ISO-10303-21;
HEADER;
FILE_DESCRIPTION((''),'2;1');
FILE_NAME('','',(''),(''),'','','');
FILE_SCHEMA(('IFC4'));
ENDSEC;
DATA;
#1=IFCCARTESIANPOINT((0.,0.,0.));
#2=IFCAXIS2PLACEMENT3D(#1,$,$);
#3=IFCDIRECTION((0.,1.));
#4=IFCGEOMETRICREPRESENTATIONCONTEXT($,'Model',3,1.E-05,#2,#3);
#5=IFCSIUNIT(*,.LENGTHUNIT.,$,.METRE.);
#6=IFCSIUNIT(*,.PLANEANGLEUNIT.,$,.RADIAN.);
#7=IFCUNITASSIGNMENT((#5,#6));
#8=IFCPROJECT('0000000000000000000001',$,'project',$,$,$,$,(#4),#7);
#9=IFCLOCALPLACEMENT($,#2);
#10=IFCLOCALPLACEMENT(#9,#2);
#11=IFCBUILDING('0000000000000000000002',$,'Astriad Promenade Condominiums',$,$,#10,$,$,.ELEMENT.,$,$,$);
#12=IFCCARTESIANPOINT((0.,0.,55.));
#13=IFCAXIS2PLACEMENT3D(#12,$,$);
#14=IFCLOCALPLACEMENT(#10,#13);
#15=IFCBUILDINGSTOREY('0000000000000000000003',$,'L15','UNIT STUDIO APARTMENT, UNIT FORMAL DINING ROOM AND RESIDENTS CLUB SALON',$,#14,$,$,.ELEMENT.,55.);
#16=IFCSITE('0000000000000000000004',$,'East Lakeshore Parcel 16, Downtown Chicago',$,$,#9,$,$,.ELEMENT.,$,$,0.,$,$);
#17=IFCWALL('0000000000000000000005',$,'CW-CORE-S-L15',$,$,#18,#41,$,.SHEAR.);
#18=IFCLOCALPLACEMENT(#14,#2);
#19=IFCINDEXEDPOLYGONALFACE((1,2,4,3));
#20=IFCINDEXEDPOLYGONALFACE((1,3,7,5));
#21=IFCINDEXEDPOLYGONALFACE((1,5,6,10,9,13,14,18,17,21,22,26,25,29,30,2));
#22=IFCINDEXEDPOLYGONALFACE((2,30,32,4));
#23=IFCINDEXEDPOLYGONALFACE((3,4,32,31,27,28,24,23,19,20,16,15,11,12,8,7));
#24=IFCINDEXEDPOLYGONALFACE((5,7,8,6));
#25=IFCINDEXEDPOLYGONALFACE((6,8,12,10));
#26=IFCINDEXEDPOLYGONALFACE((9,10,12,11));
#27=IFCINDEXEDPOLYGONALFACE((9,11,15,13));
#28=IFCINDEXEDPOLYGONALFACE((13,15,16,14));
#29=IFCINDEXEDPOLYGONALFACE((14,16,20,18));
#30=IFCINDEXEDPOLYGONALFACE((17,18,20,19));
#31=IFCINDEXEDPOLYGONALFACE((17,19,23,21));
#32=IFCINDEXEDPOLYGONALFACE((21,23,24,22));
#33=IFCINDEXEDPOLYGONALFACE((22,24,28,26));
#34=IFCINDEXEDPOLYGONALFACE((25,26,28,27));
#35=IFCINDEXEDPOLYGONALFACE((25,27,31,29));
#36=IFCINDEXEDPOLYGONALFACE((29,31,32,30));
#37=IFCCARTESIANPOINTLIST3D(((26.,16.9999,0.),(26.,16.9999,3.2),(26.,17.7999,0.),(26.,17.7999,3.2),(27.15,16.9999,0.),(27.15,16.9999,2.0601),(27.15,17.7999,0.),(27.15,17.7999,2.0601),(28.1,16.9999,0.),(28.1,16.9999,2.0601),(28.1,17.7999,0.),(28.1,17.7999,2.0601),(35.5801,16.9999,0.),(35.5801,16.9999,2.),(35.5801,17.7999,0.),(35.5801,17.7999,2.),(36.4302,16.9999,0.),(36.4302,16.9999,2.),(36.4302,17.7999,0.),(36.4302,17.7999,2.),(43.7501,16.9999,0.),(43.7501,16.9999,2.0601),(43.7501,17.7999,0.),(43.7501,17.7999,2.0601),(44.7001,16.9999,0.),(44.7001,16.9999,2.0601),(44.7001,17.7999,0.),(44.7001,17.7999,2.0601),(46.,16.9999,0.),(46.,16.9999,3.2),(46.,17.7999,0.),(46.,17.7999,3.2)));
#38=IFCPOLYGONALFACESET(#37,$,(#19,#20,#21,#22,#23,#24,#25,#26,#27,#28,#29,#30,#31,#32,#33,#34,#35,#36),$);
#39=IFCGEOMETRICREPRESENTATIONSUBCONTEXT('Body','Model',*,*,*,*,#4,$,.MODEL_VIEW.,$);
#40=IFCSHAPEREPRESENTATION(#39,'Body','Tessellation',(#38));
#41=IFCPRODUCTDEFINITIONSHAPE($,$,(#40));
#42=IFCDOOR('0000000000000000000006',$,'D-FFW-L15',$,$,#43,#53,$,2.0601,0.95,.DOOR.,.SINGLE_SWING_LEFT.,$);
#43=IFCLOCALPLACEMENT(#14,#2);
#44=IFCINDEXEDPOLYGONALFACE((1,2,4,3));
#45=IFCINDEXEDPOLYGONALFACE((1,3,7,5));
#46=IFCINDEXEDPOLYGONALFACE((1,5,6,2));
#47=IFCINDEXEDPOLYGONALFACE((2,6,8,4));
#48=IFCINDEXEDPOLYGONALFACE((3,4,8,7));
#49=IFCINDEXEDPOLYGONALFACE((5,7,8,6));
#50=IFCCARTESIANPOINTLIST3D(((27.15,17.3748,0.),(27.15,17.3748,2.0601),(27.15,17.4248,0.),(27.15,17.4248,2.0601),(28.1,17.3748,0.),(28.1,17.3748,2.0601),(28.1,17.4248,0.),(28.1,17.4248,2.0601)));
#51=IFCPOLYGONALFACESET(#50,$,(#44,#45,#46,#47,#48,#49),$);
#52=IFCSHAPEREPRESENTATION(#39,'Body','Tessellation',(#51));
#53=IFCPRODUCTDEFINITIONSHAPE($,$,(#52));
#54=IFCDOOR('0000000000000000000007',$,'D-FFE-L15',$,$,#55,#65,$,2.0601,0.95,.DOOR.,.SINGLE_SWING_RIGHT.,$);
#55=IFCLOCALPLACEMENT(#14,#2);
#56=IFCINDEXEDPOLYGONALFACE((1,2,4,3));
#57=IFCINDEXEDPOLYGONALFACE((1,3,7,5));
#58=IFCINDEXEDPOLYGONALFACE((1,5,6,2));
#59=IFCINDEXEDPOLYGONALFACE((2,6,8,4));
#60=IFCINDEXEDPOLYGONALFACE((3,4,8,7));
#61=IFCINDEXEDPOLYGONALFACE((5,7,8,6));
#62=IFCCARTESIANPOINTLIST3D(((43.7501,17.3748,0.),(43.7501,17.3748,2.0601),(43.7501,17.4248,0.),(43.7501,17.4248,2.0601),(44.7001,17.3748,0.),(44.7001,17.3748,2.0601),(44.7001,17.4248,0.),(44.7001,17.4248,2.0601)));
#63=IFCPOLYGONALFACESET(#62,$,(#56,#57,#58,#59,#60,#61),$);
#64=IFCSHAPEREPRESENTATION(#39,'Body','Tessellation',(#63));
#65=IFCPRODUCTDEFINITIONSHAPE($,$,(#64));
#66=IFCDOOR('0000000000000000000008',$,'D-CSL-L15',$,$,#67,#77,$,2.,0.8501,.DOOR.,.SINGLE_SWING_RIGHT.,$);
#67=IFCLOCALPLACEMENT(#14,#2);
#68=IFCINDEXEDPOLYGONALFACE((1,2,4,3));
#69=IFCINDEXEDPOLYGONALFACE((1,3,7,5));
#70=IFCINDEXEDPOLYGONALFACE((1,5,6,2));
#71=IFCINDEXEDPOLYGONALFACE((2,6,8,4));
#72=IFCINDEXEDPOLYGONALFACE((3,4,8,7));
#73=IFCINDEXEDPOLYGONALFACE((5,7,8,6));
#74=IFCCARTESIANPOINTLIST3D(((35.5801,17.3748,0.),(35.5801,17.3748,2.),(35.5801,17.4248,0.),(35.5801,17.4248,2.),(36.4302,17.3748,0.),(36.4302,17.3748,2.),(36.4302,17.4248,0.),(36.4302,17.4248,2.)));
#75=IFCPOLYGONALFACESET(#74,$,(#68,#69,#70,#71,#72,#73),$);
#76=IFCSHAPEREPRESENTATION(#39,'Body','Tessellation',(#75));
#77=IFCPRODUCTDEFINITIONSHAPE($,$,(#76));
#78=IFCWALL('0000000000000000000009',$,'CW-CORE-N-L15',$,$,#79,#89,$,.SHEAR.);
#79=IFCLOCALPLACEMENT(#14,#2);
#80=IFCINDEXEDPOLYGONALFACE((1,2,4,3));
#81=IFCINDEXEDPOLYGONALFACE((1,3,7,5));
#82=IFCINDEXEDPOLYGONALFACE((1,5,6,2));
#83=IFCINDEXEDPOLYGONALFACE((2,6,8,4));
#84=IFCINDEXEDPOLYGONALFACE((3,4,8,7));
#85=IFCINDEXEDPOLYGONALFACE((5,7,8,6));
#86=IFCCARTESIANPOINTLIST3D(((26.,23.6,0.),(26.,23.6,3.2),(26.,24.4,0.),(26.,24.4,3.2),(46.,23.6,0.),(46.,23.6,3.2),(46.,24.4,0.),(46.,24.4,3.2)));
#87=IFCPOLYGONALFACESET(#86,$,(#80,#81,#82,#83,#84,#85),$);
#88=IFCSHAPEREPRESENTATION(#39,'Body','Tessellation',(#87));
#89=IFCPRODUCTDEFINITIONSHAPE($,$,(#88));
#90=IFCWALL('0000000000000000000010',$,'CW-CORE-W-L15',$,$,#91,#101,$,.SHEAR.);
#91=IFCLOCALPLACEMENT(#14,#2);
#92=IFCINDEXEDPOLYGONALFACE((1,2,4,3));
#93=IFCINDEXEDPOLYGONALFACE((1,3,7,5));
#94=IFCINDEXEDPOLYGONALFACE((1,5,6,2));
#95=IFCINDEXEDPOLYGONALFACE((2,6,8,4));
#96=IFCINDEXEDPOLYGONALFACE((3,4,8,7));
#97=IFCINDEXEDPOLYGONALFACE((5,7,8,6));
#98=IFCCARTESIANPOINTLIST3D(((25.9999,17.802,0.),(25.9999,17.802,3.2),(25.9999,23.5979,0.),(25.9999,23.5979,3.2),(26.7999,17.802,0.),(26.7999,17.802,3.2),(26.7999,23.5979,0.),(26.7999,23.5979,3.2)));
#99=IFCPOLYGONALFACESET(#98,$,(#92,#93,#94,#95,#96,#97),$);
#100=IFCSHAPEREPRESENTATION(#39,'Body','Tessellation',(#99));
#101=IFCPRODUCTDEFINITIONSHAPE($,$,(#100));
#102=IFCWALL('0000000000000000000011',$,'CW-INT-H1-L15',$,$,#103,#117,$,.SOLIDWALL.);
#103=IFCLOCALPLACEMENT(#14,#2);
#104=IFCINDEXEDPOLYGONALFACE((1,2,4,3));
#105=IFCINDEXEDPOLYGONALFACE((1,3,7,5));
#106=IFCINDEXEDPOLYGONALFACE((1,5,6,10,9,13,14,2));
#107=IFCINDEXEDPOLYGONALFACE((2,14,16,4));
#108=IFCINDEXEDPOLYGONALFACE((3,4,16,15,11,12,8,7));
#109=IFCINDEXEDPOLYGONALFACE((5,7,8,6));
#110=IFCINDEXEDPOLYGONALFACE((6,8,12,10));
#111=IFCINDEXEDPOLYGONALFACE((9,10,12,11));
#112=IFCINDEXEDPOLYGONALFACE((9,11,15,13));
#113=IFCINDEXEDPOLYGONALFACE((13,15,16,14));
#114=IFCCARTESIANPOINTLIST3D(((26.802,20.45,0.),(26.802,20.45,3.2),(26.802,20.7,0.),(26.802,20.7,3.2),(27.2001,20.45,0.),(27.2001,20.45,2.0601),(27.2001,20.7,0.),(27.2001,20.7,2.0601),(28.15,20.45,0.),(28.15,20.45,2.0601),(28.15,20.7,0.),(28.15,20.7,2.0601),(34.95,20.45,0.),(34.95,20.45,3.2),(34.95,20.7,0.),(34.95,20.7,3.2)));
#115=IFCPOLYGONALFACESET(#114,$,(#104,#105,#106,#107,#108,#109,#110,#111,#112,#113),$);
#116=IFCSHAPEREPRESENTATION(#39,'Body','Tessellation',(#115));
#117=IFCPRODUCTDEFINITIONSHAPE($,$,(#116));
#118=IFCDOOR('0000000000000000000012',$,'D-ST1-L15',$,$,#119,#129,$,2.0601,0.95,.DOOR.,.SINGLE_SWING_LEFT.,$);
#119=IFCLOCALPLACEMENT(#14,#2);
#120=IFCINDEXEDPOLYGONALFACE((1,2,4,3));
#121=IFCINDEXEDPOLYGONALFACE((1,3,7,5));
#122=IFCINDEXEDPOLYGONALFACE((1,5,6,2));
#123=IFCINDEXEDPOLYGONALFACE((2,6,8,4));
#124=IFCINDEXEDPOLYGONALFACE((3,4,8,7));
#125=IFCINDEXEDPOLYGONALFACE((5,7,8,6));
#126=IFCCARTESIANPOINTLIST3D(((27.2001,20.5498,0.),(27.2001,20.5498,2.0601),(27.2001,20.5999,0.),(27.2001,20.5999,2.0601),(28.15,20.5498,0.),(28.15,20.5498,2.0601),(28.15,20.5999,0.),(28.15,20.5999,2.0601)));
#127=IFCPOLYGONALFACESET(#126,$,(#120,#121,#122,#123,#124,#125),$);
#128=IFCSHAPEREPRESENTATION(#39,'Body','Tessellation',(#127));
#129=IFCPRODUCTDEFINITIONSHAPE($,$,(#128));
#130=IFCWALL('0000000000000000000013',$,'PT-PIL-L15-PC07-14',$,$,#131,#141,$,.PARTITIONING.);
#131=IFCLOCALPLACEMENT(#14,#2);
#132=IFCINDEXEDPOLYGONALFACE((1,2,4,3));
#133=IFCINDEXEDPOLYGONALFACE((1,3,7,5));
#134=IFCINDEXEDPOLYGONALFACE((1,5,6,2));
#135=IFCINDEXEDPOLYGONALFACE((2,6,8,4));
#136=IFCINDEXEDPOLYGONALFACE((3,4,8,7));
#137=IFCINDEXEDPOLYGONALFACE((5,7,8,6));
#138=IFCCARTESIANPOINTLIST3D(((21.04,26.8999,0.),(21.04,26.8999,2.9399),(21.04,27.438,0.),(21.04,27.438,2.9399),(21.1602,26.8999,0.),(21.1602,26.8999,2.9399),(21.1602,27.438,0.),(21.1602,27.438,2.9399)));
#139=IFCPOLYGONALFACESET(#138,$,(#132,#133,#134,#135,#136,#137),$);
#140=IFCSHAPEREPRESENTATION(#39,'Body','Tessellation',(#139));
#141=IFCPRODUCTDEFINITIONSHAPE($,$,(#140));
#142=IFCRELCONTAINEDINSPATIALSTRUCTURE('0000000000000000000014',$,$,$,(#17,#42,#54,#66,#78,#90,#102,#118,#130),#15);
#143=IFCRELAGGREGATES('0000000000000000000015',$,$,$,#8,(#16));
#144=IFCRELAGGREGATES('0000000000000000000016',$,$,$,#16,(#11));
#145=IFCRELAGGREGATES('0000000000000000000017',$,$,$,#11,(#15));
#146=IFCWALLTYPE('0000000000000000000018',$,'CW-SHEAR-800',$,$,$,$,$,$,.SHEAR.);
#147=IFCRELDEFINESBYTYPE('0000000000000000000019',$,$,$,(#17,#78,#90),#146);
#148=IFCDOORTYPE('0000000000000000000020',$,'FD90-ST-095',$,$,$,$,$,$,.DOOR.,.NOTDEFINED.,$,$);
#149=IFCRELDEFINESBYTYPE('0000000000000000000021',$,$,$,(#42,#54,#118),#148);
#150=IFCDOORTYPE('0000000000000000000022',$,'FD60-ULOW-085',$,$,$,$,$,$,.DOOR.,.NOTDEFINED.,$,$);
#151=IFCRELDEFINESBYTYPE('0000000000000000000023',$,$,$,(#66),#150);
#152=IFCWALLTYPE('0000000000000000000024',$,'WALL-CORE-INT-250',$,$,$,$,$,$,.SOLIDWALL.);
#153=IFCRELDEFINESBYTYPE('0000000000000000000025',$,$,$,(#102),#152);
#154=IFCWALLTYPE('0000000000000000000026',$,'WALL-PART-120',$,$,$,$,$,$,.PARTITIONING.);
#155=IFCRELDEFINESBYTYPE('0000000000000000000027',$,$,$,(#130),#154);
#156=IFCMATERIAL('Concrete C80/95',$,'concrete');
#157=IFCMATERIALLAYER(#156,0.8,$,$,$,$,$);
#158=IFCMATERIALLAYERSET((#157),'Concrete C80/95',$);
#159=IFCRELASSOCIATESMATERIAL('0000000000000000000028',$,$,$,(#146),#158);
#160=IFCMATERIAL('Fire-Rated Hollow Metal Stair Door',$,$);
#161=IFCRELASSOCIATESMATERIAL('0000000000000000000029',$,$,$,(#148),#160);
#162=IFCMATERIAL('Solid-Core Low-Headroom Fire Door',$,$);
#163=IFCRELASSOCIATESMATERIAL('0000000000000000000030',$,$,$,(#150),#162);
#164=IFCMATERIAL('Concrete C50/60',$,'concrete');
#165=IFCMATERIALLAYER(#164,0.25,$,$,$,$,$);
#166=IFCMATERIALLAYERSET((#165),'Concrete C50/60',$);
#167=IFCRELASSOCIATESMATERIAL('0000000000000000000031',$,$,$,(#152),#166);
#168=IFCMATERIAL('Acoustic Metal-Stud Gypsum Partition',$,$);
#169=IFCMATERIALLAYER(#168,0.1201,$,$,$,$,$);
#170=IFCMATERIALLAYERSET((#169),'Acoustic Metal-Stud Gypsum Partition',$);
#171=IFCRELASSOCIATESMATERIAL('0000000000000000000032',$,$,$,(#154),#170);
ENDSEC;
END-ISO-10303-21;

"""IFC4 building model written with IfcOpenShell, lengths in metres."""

from ifc_helpers import new_model, si_unit, direction, frame, frame_2d, origin, place, context, subcontext, project, spatial, rectangle, extrude, source, transform, mapped, material, layer, layer_set, type_object, type_shapes, element, fill, save


model = new_model("IFC4")

# Units and contexts
model_context = context("Model", 3, precision=1e-05, world=origin(), true_north=direction((0.0, 1.0)))
body_context = subcontext(model_context, "Body", "Model", "MODEL_VIEW")
ifc_project = project(units=[si_unit("LENGTHUNIT", "METRE"), si_unit("PLANEANGLEUNIT", "RADIAN")], contexts=[model_context])

# Site, building, storey
site_placement = place(None, origin())
site = spatial("IfcSite", under=ifc_project, at=site_placement, Name="East Lakeshore Parcel 16, Downtown Chicago", CompositionType="ELEMENT", RefElevation=0.0)
building_placement = place(site_placement, origin())
building = spatial("IfcBuilding", under=site, at=building_placement, Name="Astriad Promenade Condominiums", CompositionType="ELEMENT")
storey_placement = place(building_placement, frame((0.0, 0.0, 55.0)))
storey = spatial("IfcBuildingStorey", under=building, at=storey_placement, Name="L15", Description="UNIT STUDIO APARTMENT, UNIT FORMAL DINING ROOM AND RESIDENTS CLUB SALON", CompositionType="ELEMENT", Elevation=55.0)

# Shared definitions
ifc_material_1 = material(Name="Concrete C80/95", Category="concrete")

# Wall, openings, doors
ifc_layer_1 = layer(ifc_material_1, 0.8)
ifc_layer_set_1 = layer_set([ifc_layer_1], Name="Concrete C80/95")
wall_type_1 = type_object("IfcWallType", Name="CW-SHEAR-800", PredefinedType="SHEAR", material=ifc_layer_set_1)
wall_1_placement = place(storey_placement, frame((26.0, 17.3999, 0.0), z_axis=(0.0, 0.0, 1.0), x_axis=(1.0, 0.0, 0.0)))
wall_1 = element("IfcWall", 1, at=wall_1_placement, inside=storey, type_object=wall_type_1, Name="CW-CORE-S-L15", PredefinedType="SHEAR", context=body_context, shape_type="SweptSolid", body=[
    extrude(rectangle(XDim=20.0, YDim=0.8, at=frame_2d((10.0, 0.0))), origin(), (0.0, 0.0, 1.0), 3.2),
])
opening_1_placement = place(wall_1_placement, frame((1.1499, 0.0, 0.0)))
opening_1 = element("IfcOpeningElement", 2, at=opening_1_placement, cuts=wall_1, PredefinedType="OPENING", context=body_context, shape_type="SweptSolid", body=[
    extrude(rectangle(XDim=0.95, YDim=2.0601, at=frame_2d((0.4751, 1.03))), frame((0.0, 0.4099, 0.0), z_axis=(0.0, -1.0, 0.0), x_axis=(1.0, 0.0, 0.0)), (0.0, 0.0, 1.0), 0.8201),
])
opening_2_placement = place(wall_1_placement, frame((9.5801, 0.0, 0.0)))
opening_2 = element("IfcOpeningElement", 3, at=opening_2_placement, cuts=wall_1, PredefinedType="OPENING", context=body_context, shape_type="SweptSolid", body=[
    extrude(rectangle(XDim=0.8501, YDim=2.0, at=frame_2d((0.425, 1.0))), frame((0.0, 0.4099, 0.0), z_axis=(0.0, -1.0, 0.0), x_axis=(1.0, 0.0, 0.0)), (0.0, 0.0, 1.0), 0.8201),
])
opening_3_placement = place(wall_1_placement, frame((17.75, 0.0, 0.0)))
opening_3 = element("IfcOpeningElement", 4, at=opening_3_placement, cuts=wall_1, PredefinedType="OPENING", context=body_context, shape_type="SweptSolid", body=[
    extrude(rectangle(XDim=0.95, YDim=2.0601, at=frame_2d((0.4751, 1.03))), frame((0.0, 0.4099, 0.0), z_axis=(0.0, -1.0, 0.0), x_axis=(1.0, 0.0, 0.0)), (0.0, 0.0, 1.0), 0.8201),
])
ifc_material_2 = material(Name="Fire-Rated Hollow Metal Stair Door")
door_type_1 = type_object("IfcDoorType", Name="FD90-ST-095", OperationType="NOTDEFINED", PredefinedType="DOOR", material=ifc_material_2)
shared_shape_1 = source(origin(), body_context, "Body", "SweptSolid", [
    extrude(rectangle(XDim=0.95, YDim=2.0601, at=frame_2d((0.4751, 1.03))), frame((0.0, 0.0249, 0.0), z_axis=(0.0, -1.0, 0.0), x_axis=(1.0, 0.0, 0.0)), (0.0, 0.0, 1.0), 0.05),
])
type_shapes(door_type_1, [shared_shape_1])
door_1_placement = place(opening_1_placement, origin())
door_1 = element("IfcDoor", 5, at=door_1_placement, inside=storey, type_object=door_type_1, Name="D-FFW-L15", OperationType="SINGLE_SWING_LEFT", OverallHeight=2.0601, OverallWidth=0.95, PredefinedType="DOOR", context=body_context, shape_type="MappedRepresentation", body=[
    mapped(shared_shape_1, transform((0.0, 0.0, 0.0), scale=1.0)),
])
fill(opening_1, door_1)
door_2_placement = place(opening_3_placement, origin())
door_2 = element("IfcDoor", 6, at=door_2_placement, inside=storey, type_object=door_type_1, Name="D-FFE-L15", OperationType="SINGLE_SWING_RIGHT", OverallHeight=2.0601, OverallWidth=0.95, PredefinedType="DOOR", context=body_context, shape_type="MappedRepresentation", body=[
    mapped(shared_shape_1, transform((0.0, 0.0, 0.0), scale=1.0)),
])
fill(opening_3, door_2)
ifc_material_3 = material(Name="Solid-Core Low-Headroom Fire Door")
door_type_2 = type_object("IfcDoorType", Name="FD60-ULOW-085", OperationType="NOTDEFINED", PredefinedType="DOOR", material=ifc_material_3)
shared_shape_2 = source(origin(), body_context, "Body", "SweptSolid", [
    extrude(rectangle(XDim=0.8501, YDim=2.0, at=frame_2d((0.425, 1.0))), frame((0.0, 0.0249, 0.0), z_axis=(0.0, -1.0, 0.0), x_axis=(1.0, 0.0, 0.0)), (0.0, 0.0, 1.0), 0.05),
])
type_shapes(door_type_2, [shared_shape_2])
door_3_placement = place(opening_2_placement, origin())
door_3 = element("IfcDoor", 7, at=door_3_placement, inside=storey, type_object=door_type_2, Name="D-CSL-L15", OperationType="SINGLE_SWING_RIGHT", OverallHeight=2.0, OverallWidth=0.8501, PredefinedType="DOOR", context=body_context, shape_type="MappedRepresentation", body=[
    mapped(shared_shape_2, transform((0.0, 0.0, 0.0), scale=1.0)),
])
fill(opening_2, door_3)

# Walls
wall_2_placement = place(storey_placement, frame((26.0, 24.0, 0.0), z_axis=(0.0, 0.0, 1.0), x_axis=(1.0, 0.0, 0.0)))
element("IfcWall", 8, at=wall_2_placement, inside=storey, type_object=wall_type_1, Name="CW-CORE-N-L15", PredefinedType="SHEAR", context=body_context, shape_type="SweptSolid", body=[
    extrude(rectangle(XDim=20.0, YDim=0.8, at=frame_2d((10.0, 0.0))), origin(), (0.0, 0.0, 1.0), 3.2),
])
wall_3_placement = place(storey_placement, frame((26.3999, 17.802, 0.0), z_axis=(0.0, 0.0, 1.0), x_axis=(0.0, 1.0, 0.0)))
element("IfcWall", 9, at=wall_3_placement, inside=storey, type_object=wall_type_1, Name="CW-CORE-W-L15", PredefinedType="SHEAR", context=body_context, shape_type="SweptSolid", body=[
    extrude(rectangle(XDim=5.7959, YDim=0.8, at=frame_2d((2.8979, 0.0))), origin(), (0.0, 0.0, 1.0), 3.2),
])

# Wall, opening, door
ifc_material_4 = material(Name="Concrete C50/60", Category="concrete")
ifc_layer_2 = layer(ifc_material_4, 0.25)
ifc_layer_set_2 = layer_set([ifc_layer_2], Name="Concrete C50/60")
wall_type_2 = type_object("IfcWallType", Name="WALL-CORE-INT-250", PredefinedType="SOLIDWALL", material=ifc_layer_set_2)
wall_4_placement = place(storey_placement, frame((26.802, 20.575, 0.0), z_axis=(0.0, 0.0, 1.0), x_axis=(1.0, 0.0, 0.0)))
wall_4 = element("IfcWall", 10, at=wall_4_placement, inside=storey, type_object=wall_type_2, Name="CW-INT-H1-L15", PredefinedType="SOLIDWALL", context=body_context, shape_type="SweptSolid", body=[
    extrude(rectangle(XDim=8.1479, YDim=0.25, at=frame_2d((4.074, 0.0))), origin(), (0.0, 0.0, 1.0), 3.2),
])
opening_4_placement = place(wall_4_placement, frame((0.3979, 0.0, 0.0)))
opening_4 = element("IfcOpeningElement", 11, at=opening_4_placement, cuts=wall_4, PredefinedType="OPENING", context=body_context, shape_type="SweptSolid", body=[
    extrude(rectangle(XDim=0.95, YDim=2.0601, at=frame_2d((0.4751, 1.03))), frame((0.0, 0.135, 0.0), z_axis=(0.0, -1.0, 0.0), x_axis=(1.0, 0.0, 0.0)), (0.0, 0.0, 1.0), 0.27),
])
door_4_placement = place(opening_4_placement, origin())
door_4 = element("IfcDoor", 12, at=door_4_placement, inside=storey, type_object=door_type_1, Name="D-ST1-L15", OperationType="SINGLE_SWING_LEFT", OverallHeight=2.0601, OverallWidth=0.95, PredefinedType="DOOR", context=body_context, shape_type="MappedRepresentation", body=[
    mapped(shared_shape_1, transform((0.0, 0.0, 0.0), scale=1.0)),
])
fill(opening_4, door_4)

# Wall
ifc_material_5 = material(Name="Acoustic Metal-Stud Gypsum Partition")
ifc_layer_3 = layer(ifc_material_5, 0.1201)
ifc_layer_set_3 = layer_set([ifc_layer_3], Name="Acoustic Metal-Stud Gypsum Partition")
wall_type_3 = type_object("IfcWallType", Name="WALL-PART-120", PredefinedType="PARTITIONING", material=ifc_layer_set_3)
wall_5_placement = place(storey_placement, frame((21.1001, 26.8999, 0.0), z_axis=(0.0, 0.0, 1.0), x_axis=(0.0, 1.0, 0.0)))
element("IfcWall", 13, at=wall_5_placement, inside=storey, type_object=wall_type_3, Name="PT-PIL-L15-PC07-14", PredefinedType="PARTITIONING", context=body_context, shape_type="SweptSolid", body=[
    extrude(rectangle(XDim=0.5381, YDim=0.1201, at=frame_2d((0.269, 0.0))), origin(), (0.0, 0.0, 1.0), 2.9399),
])

save(model, "model.ifc")
